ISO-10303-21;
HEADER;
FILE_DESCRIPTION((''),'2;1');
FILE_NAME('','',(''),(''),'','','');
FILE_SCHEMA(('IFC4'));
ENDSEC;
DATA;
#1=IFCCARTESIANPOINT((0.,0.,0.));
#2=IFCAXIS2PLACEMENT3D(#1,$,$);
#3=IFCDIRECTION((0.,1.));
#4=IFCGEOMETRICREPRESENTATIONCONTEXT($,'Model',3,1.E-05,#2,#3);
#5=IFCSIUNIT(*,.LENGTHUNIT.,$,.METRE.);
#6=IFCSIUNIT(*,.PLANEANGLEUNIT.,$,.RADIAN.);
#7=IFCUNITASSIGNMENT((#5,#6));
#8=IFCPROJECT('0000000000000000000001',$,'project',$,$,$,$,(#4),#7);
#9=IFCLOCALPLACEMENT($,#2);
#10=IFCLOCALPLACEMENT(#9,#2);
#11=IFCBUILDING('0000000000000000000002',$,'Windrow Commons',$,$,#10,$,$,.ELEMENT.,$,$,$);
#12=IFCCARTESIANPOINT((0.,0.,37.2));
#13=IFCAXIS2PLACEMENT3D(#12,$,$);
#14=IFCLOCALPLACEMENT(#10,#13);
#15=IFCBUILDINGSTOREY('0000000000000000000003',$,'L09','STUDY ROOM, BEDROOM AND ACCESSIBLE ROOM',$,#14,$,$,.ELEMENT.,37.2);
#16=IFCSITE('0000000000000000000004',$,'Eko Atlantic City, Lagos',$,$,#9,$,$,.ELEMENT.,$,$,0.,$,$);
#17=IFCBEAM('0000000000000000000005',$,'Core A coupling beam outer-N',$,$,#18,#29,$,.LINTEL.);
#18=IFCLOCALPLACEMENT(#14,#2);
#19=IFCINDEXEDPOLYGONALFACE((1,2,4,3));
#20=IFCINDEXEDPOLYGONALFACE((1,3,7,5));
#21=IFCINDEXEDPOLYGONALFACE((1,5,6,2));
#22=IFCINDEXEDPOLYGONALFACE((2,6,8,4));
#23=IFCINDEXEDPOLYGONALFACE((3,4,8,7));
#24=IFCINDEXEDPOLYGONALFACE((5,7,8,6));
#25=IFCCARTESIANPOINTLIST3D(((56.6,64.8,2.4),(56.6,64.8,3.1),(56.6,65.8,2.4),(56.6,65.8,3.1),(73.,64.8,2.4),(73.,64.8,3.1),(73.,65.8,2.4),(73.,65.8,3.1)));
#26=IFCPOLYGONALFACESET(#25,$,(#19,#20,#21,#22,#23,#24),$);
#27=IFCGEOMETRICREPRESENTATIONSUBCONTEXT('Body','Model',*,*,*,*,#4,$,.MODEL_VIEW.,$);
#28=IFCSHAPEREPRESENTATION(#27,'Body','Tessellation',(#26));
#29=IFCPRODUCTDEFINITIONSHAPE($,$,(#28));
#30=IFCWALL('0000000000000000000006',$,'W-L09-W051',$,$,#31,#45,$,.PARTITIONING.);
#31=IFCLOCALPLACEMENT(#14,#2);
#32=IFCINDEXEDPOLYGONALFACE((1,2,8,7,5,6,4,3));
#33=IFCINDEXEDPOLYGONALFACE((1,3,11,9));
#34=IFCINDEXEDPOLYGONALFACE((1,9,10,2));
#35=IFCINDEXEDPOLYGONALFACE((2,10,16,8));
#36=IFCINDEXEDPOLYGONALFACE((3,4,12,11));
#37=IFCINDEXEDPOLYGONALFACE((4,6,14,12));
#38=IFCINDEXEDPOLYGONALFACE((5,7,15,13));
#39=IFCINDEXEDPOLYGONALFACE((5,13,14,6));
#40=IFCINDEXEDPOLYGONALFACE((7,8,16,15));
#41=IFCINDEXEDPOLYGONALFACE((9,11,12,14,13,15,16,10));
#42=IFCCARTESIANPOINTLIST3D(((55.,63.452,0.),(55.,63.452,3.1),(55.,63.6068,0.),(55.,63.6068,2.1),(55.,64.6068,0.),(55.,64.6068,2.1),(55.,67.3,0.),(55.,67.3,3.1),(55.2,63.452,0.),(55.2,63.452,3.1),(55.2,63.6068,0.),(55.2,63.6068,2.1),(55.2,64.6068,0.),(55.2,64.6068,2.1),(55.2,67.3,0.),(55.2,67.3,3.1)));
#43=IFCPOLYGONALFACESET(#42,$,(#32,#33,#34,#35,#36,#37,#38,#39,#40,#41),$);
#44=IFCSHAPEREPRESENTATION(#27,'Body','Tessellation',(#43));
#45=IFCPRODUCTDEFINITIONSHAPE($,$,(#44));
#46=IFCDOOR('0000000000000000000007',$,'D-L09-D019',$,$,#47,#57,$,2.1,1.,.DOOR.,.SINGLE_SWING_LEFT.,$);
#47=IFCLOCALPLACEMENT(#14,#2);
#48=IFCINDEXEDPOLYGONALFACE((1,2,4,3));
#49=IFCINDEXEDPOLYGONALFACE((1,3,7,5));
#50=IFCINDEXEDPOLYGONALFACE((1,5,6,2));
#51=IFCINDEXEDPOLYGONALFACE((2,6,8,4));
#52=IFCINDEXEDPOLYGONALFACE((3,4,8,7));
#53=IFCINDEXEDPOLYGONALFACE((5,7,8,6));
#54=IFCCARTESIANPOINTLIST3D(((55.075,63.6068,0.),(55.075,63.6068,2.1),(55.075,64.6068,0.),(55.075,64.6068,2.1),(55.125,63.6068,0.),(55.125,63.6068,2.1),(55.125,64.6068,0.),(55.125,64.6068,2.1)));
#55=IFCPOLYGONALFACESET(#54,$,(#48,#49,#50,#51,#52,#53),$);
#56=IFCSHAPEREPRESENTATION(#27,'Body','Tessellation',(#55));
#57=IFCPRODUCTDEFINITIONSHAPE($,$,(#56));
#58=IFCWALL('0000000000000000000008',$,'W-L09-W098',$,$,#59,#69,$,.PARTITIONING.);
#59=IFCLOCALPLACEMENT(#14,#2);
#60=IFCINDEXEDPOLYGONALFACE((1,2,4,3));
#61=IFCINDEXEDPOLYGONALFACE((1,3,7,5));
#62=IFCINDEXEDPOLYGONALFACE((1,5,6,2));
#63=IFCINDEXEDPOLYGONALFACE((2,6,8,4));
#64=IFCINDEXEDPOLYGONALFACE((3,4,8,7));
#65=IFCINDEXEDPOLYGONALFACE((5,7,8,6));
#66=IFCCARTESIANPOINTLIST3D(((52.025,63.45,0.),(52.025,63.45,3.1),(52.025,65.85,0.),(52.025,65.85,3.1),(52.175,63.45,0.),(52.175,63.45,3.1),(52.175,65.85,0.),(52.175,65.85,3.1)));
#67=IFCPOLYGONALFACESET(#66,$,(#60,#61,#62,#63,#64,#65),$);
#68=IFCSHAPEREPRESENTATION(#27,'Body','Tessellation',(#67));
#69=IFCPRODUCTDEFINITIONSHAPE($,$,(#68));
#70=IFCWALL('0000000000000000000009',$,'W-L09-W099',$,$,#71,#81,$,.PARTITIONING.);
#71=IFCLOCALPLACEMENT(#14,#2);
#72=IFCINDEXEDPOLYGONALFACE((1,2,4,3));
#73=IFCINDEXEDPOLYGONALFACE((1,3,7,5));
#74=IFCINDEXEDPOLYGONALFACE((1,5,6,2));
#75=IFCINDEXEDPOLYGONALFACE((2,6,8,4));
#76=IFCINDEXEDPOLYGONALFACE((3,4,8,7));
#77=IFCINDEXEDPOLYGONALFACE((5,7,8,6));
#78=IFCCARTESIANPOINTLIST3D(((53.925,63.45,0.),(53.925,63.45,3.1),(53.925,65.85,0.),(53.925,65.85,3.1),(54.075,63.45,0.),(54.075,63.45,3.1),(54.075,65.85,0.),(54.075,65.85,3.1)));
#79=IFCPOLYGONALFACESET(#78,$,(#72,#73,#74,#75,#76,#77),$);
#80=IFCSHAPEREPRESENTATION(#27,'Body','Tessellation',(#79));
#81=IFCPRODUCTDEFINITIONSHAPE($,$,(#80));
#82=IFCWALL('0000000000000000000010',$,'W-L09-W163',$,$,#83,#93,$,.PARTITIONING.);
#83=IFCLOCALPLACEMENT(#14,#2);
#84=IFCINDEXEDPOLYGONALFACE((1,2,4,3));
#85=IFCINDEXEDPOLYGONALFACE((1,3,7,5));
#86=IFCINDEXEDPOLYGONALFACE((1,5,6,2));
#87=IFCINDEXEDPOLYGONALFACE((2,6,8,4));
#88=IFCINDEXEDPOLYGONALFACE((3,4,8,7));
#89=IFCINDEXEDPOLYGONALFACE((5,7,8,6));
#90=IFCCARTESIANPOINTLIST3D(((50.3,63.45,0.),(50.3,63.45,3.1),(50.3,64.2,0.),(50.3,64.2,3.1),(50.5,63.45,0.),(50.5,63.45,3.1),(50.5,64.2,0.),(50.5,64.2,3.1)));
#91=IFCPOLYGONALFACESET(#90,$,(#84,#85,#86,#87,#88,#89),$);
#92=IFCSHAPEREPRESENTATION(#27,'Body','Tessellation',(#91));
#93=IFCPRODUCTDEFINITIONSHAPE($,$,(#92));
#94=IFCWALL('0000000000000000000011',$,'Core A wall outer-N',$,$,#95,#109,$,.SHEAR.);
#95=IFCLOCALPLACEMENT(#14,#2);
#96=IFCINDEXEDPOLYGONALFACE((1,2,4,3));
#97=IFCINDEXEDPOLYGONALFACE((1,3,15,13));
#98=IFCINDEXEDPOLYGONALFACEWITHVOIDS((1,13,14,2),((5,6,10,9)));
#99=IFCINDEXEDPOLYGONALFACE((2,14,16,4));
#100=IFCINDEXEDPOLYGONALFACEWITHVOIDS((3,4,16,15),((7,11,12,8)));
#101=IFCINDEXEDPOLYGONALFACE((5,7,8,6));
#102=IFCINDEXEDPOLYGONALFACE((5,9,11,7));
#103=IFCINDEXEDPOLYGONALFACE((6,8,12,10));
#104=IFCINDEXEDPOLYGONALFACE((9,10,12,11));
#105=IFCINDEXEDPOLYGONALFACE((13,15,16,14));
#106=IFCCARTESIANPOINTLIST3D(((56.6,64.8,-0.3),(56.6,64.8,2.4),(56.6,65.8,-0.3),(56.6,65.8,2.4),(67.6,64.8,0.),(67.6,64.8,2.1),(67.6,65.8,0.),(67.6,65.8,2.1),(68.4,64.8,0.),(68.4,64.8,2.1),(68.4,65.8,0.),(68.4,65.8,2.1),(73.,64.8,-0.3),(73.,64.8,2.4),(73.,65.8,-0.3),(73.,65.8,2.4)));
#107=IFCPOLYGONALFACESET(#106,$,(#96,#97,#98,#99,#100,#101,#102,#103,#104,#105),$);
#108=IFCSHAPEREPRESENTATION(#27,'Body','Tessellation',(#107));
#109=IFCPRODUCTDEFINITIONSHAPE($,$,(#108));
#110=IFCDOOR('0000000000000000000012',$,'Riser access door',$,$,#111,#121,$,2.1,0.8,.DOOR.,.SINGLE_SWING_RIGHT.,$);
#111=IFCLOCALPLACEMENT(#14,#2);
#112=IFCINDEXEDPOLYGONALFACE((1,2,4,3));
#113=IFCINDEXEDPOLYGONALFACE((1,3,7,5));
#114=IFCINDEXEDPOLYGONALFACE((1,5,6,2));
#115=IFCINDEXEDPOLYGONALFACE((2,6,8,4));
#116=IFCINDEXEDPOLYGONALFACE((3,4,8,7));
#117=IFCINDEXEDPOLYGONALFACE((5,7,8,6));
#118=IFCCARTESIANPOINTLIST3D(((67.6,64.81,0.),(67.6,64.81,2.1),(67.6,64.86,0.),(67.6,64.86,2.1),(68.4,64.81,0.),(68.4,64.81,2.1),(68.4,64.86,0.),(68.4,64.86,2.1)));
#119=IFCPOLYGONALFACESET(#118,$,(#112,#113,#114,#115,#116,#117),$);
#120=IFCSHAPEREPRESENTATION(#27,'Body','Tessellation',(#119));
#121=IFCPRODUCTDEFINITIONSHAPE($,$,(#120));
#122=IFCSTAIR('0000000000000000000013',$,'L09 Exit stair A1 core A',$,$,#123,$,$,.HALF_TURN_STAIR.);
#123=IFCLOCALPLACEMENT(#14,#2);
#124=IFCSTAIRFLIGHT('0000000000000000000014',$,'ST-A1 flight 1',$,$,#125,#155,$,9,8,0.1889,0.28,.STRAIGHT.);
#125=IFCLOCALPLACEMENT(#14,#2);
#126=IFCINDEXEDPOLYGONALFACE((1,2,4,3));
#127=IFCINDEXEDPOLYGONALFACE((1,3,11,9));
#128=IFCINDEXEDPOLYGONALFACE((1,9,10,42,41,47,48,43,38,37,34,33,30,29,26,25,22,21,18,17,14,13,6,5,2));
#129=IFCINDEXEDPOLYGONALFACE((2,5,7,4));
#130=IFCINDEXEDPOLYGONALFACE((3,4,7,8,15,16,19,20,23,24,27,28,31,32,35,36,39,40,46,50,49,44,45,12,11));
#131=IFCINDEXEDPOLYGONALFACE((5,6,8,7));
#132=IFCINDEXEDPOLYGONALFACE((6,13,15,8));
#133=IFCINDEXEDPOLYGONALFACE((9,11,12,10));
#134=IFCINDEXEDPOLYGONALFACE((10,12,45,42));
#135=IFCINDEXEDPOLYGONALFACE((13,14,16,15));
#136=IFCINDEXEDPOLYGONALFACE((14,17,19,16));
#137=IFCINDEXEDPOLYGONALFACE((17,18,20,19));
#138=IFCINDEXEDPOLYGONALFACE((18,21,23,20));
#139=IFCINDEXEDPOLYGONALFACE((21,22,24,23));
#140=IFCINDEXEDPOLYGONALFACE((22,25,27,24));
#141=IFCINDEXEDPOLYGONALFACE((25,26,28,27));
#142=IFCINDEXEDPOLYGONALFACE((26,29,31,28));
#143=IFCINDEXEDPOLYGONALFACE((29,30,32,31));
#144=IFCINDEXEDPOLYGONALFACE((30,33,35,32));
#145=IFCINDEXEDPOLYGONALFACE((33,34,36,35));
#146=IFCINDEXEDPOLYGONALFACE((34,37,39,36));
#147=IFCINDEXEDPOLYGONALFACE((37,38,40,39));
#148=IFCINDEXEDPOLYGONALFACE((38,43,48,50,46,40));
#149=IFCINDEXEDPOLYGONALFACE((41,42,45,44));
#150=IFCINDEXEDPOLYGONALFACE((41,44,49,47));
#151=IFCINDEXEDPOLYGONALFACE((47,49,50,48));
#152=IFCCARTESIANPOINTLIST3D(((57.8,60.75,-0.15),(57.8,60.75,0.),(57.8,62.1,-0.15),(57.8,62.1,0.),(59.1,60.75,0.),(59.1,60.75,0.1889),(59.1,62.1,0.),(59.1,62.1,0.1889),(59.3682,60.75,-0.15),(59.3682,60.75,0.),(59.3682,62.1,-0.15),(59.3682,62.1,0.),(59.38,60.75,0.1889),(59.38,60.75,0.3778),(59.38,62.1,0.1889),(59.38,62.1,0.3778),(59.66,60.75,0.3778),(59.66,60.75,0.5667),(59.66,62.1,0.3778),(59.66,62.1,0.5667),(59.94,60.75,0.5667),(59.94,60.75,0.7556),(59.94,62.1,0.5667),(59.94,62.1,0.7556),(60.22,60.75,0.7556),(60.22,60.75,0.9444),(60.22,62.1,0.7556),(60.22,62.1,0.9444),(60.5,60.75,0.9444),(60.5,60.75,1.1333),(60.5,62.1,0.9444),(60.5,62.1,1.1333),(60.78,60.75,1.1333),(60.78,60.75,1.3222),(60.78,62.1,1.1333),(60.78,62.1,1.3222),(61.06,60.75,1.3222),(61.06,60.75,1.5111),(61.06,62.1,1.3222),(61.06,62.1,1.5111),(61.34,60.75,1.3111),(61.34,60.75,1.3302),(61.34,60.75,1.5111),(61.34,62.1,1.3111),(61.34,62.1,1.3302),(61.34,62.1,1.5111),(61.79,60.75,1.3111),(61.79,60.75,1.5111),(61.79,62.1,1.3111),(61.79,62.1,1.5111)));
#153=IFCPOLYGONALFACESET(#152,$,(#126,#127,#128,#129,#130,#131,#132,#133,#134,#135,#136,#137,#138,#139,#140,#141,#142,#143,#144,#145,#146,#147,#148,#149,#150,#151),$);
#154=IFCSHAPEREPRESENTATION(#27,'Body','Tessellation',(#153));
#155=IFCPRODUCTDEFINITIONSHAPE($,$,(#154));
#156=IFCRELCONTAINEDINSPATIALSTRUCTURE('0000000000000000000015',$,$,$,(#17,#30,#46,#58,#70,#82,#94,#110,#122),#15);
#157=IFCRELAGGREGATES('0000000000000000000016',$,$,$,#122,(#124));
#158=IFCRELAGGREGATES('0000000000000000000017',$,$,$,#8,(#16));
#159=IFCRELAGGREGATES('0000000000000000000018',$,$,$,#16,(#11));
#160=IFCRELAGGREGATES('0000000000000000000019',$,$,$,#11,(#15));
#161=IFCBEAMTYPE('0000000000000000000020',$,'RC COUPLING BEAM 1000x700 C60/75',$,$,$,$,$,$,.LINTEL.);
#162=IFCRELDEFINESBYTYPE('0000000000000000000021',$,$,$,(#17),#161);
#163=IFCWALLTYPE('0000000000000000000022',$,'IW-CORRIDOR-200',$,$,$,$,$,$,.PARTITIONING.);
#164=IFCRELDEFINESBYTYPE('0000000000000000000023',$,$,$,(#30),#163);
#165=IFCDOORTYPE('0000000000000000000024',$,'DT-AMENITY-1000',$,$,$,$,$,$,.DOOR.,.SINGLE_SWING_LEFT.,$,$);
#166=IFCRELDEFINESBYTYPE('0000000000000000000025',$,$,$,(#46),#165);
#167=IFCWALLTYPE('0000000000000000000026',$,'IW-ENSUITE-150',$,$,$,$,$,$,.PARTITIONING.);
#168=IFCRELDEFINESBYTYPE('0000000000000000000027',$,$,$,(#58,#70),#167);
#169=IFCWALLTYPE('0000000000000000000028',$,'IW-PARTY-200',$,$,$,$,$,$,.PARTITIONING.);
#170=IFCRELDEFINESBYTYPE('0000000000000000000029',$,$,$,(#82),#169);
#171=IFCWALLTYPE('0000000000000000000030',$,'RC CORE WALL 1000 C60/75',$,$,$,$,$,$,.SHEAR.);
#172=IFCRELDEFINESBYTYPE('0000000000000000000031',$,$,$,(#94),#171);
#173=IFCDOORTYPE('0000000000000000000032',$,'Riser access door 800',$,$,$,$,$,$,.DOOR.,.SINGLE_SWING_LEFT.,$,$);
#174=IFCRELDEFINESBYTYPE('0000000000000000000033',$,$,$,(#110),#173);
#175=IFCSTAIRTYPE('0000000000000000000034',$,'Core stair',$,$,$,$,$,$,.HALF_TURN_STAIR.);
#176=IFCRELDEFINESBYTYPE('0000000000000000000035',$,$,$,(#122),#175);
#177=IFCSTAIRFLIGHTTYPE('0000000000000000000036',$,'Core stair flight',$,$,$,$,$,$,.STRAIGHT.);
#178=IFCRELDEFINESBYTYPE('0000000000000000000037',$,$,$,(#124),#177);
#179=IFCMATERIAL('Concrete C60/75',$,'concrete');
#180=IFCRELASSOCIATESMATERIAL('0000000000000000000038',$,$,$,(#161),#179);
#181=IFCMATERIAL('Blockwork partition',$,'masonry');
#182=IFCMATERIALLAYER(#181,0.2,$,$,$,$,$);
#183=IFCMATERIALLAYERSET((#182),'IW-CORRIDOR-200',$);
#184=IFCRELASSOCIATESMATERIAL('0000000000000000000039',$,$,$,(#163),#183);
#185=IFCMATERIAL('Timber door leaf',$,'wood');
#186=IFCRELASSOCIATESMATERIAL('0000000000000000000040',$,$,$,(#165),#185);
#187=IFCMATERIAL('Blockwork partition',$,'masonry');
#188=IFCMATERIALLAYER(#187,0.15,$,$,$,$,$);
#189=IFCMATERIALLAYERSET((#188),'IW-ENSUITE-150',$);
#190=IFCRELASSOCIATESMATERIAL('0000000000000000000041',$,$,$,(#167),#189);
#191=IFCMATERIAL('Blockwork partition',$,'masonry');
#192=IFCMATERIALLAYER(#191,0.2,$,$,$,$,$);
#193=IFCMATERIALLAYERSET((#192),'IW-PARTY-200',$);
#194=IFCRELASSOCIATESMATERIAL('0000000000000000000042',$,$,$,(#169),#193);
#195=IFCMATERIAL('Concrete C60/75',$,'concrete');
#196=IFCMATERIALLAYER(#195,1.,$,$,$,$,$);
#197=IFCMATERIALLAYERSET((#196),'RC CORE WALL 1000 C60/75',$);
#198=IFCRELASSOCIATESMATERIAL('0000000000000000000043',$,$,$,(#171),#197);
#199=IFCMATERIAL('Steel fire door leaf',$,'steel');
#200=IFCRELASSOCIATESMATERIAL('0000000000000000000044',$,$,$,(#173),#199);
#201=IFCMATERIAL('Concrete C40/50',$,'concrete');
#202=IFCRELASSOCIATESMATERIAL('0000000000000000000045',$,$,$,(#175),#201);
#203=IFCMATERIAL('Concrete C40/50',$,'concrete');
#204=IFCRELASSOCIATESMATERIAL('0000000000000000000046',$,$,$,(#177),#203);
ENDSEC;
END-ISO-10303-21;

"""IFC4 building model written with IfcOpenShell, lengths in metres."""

from ifc_helpers import new_model, si_unit, direction, frame, frame_2d, origin, origin_2d, place, context, subcontext, project, spatial, polyline, rectangle, outline, extrude, material, layer, layer_set, material_profile, profile_set, type_object, element, fill, aggregate, save


model = new_model("IFC4")

# Units and contexts
model_context = context("Model", 3, precision=1e-05, world=origin(), true_north=direction((0.0, 1.0)))
body_context = subcontext(model_context, "Body", "Model", "MODEL_VIEW")
ifc_project = project(units=[si_unit("LENGTHUNIT", "METRE"), si_unit("PLANEANGLEUNIT", "RADIAN")], contexts=[model_context])

# Site, building, storey
site_placement = place(None, origin())
site = spatial("IfcSite", under=ifc_project, at=site_placement, Name="Eko Atlantic City, Lagos", CompositionType="ELEMENT", RefElevation=0.0)
building_placement = place(site_placement, origin())
building = spatial("IfcBuilding", under=site, at=building_placement, Name="Windrow Commons", CompositionType="ELEMENT")
storey_placement = place(building_placement, frame((0.0, 0.0, 37.2)))
storey = spatial("IfcBuildingStorey", under=building, at=storey_placement, Name="L09", Description="STUDY ROOM, BEDROOM AND ACCESSIBLE ROOM", CompositionType="ELEMENT", Elevation=37.2)

# Beam
ifc_material_1 = material(Name="Concrete C60/75", Category="concrete")
ifc_material_profile = material_profile(ifc_material_1, rectangle(XDim=1.0, YDim=0.7, at=origin_2d()))
ifc_profile_set = profile_set([ifc_material_profile], Name="Concrete C60/75")
beam_type = type_object("IfcBeamType", Name="RC COUPLING BEAM 1000x700 C60/75", PredefinedType="LINTEL", material=ifc_profile_set)
beam_placement = place(storey_placement, frame((56.6, 65.3, 2.75), z_axis=(1.0, 0.0, 0.0), x_axis=(0.0, 1.0, 0.0)))
element("IfcBeam", 1, at=beam_placement, inside=storey, type_object=beam_type, Name="Core A coupling beam outer-N", PredefinedType="LINTEL", context=body_context, shape_type="SweptSolid", body=[
    extrude(rectangle(XDim=1.0, YDim=0.7, at=origin_2d()), origin(), (0.0, 0.0, 1.0), 16.4),
])

# Wall, opening, door
ifc_material_2 = material(Name="Blockwork partition", Category="masonry")
ifc_layer_1 = layer(ifc_material_2, 0.2)
ifc_layer_set_1 = layer_set([ifc_layer_1], Name="IW-CORRIDOR-200")
wall_type_1 = type_object("IfcWallType", Name="IW-CORRIDOR-200", PredefinedType="PARTITIONING", material=ifc_layer_set_1)
wall_1_placement = place(storey_placement, frame((55.1, 63.452, 0.0), z_axis=(0.0, 0.0, 1.0), x_axis=(0.0, 1.0, 0.0)))
wall_1 = element("IfcWall", 2, at=wall_1_placement, inside=storey, type_object=wall_type_1, Name="W-L09-W051", PredefinedType="PARTITIONING", context=body_context, shape_type="SweptSolid", body=[
    extrude(rectangle(XDim=3.848, YDim=0.2, at=frame_2d((1.924, 0.0))), origin(), (0.0, 0.0, 1.0), 3.1),
])
opening_1_placement = place(wall_1_placement, frame((0.1548, 0.0, 0.0)))
opening_1 = element("IfcOpeningElement", 3, at=opening_1_placement, cuts=wall_1, PredefinedType="OPENING", context=body_context, shape_type="SweptSolid", body=[
    extrude(rectangle(XDim=1.0, YDim=2.1, at=frame_2d((0.5, 1.05))), frame((0.0, 0.11, 0.0), z_axis=(0.0, -1.0, 0.0), x_axis=(1.0, 0.0, 0.0)), (0.0, 0.0, 1.0), 0.22),
])
ifc_material_3 = material(Name="Timber door leaf", Category="wood")
door_type_1 = type_object("IfcDoorType", Name="DT-AMENITY-1000", OperationType="SINGLE_SWING_LEFT", PredefinedType="DOOR", material=ifc_material_3)
door_1_placement = place(opening_1_placement, origin())
door_1 = element("IfcDoor", 4, at=door_1_placement, inside=storey, type_object=door_type_1, Name="D-L09-D019", OperationType="SINGLE_SWING_LEFT", OverallHeight=2.1, OverallWidth=1.0, PredefinedType="DOOR", context=body_context, shape_type="SweptSolid", body=[
    extrude(rectangle(XDim=1.0, YDim=2.1, at=frame_2d((0.5, 1.05))), frame((0.0, 0.025, 0.0), z_axis=(0.0, -1.0, 0.0), x_axis=(1.0, 0.0, 0.0)), (0.0, 0.0, 1.0), 0.05),
])
fill(opening_1, door_1)

# Walls
ifc_material_4 = material(Name="Blockwork partition", Category="masonry")
ifc_layer_2 = layer(ifc_material_4, 0.15)
ifc_layer_set_2 = layer_set([ifc_layer_2], Name="IW-ENSUITE-150")
wall_type_2 = type_object("IfcWallType", Name="IW-ENSUITE-150", PredefinedType="PARTITIONING", material=ifc_layer_set_2)
for number, where, z_axis, x_axis, name in (
    (5, (52.1, 63.45, 0.0), (0.0, 0.0, 1.0), (0.0, 1.0, 0.0), "W-L09-W098"),
    (6, (54.0, 63.45, 0.0), (0.0, 0.0, 1.0), (0.0, 1.0, 0.0), "W-L09-W099"),
):
    element("IfcWall", number, at=place(storey_placement, frame(where, z_axis=z_axis, x_axis=x_axis)), inside=storey, type_object=wall_type_2, Name=name, PredefinedType="PARTITIONING", context=body_context, shape_type="SweptSolid", body=[
        extrude(rectangle(XDim=2.4, YDim=0.15, at=frame_2d((1.2, 0.0))), origin(), (0.0, 0.0, 1.0), 3.1),
    ])
ifc_material_5 = material(Name="Blockwork partition", Category="masonry")
ifc_layer_3 = layer(ifc_material_5, 0.2)
ifc_layer_set_3 = layer_set([ifc_layer_3], Name="IW-PARTY-200")
wall_type_3 = type_object("IfcWallType", Name="IW-PARTY-200", PredefinedType="PARTITIONING", material=ifc_layer_set_3)
wall_2_placement = place(storey_placement, frame((50.4, 63.45, 0.0), z_axis=(0.0, 0.0, 1.0), x_axis=(0.0, 1.0, 0.0)))
element("IfcWall", 7, at=wall_2_placement, inside=storey, type_object=wall_type_3, Name="W-L09-W163", PredefinedType="PARTITIONING", context=body_context, shape_type="SweptSolid", body=[
    extrude(rectangle(XDim=0.75, YDim=0.2, at=frame_2d((0.375, 0.0))), origin(), (0.0, 0.0, 1.0), 3.1),
])

# Wall, opening, door
ifc_material_6 = material(Name="Concrete C60/75", Category="concrete")
ifc_layer_4 = layer(ifc_material_6, 1.0)
ifc_layer_set_4 = layer_set([ifc_layer_4], Name="RC CORE WALL 1000 C60/75")
wall_type_4 = type_object("IfcWallType", Name="RC CORE WALL 1000 C60/75", PredefinedType="SHEAR", material=ifc_layer_set_4)
wall_3_placement = place(storey_placement, frame((56.6, 65.3, -0.3), z_axis=(0.0, 0.0, 1.0), x_axis=(1.0, 0.0, 0.0)))
wall_3 = element("IfcWall", 8, at=wall_3_placement, inside=storey, type_object=wall_type_4, Name="Core A wall outer-N", PredefinedType="SHEAR", context=body_context, shape_type="SweptSolid", body=[
    extrude(rectangle(XDim=16.4, YDim=1.0, at=frame_2d((8.2, 0.0))), origin(), (0.0, 0.0, 1.0), 2.7),
])
opening_2_placement = place(wall_3_placement, frame((11.0, 0.0, 0.3)))
opening_2 = element("IfcOpeningElement", 9, at=opening_2_placement, cuts=wall_3, PredefinedType="OPENING", context=body_context, shape_type="SweptSolid", body=[
    extrude(rectangle(XDim=0.8, YDim=2.1, at=frame_2d((0.4, 1.05))), frame((0.0, 0.51, 0.0), z_axis=(0.0, -1.0, 0.0), x_axis=(1.0, 0.0, 0.0)), (0.0, 0.0, 1.0), 1.02),
])
ifc_material_7 = material(Name="Steel fire door leaf", Category="steel")
door_type_2 = type_object("IfcDoorType", Name="Riser access door 800", OperationType="SINGLE_SWING_LEFT", PredefinedType="DOOR", material=ifc_material_7)
door_2_placement = place(opening_2_placement, origin())
door_2 = element("IfcDoor", 10, at=door_2_placement, inside=storey, type_object=door_type_2, Name="Riser access door", OperationType="SINGLE_SWING_RIGHT", OverallHeight=2.1, OverallWidth=0.8, PredefinedType="DOOR", context=body_context, shape_type="SweptSolid", body=[
    extrude(rectangle(XDim=0.8, YDim=2.1, at=frame_2d((0.4, 1.05))), frame((0.0, -0.44, 0.0), z_axis=(0.0, -1.0, 0.0), x_axis=(1.0, 0.0, 0.0)), (0.0, 0.0, 1.0), 0.05),
])
fill(opening_2, door_2)

# Stair, stair flight
ifc_material_8 = material(Name="Concrete C40/50", Category="concrete")
stair_type = type_object("IfcStairType", Name="Core stair", PredefinedType="HALF_TURN_STAIR", material=ifc_material_8)
stair_placement = place(storey_placement, origin())
stair = element("IfcStair", 11, at=stair_placement, inside=storey, type_object=stair_type, Name="L09 Exit stair A1 core A", PredefinedType="HALF_TURN_STAIR")
ifc_material_9 = material(Name="Concrete C40/50", Category="concrete")
stair_flight_type = type_object("IfcStairFlightType", Name="Core stair flight", PredefinedType="STRAIGHT", material=ifc_material_9)
stair_flight_1_placement = place(storey_placement, frame((59.1, 61.425, 0.0), z_axis=(0.0, 0.0, 1.0), x_axis=(1.0, 0.0, 0.0)))
stair_flight_1 = element("IfcStairFlight", 12, at=stair_flight_1_placement, type_object=stair_flight_type, Name="ST-A1 flight 1", NumberOfRisers=9, NumberOfTreads=8, PredefinedType="STRAIGHT", RiserHeight=0.1889, TreadLength=0.28, context=body_context, shape_type="SweptSolid", body=[
    extrude(outline(polyline([(-1.3, -0.15), (-1.3, 0.0), (0.0, 0.0), (0.0, 0.1889), (0.28, 0.1889), (0.28, 0.3778), (0.56, 0.3778), (0.56, 0.5667), (0.84, 0.5667), (0.84, 0.7556), (1.12, 0.7556), (1.12, 0.9444), (1.4, 0.9444), (1.4, 1.1333), (1.68, 1.1333), (1.68, 1.3222), (1.96, 1.3222), (1.96, 1.5111), (2.24, 1.5111), (2.69, 1.5111), (2.69, 1.3111), (2.24, 1.3111), (2.24, 1.3302), (0.2682, 0.0), (0.2682, -0.15), (-1.3, -0.15)])), frame((0.0, 0.675, 0.0), z_axis=(0.0, -1.0, 0.0), x_axis=(1.0, 0.0, 0.0)), (0.0, 0.0, 1.0), 1.35),
])
aggregate(stair, [stair_flight_1])

save(model, "model.ifc")
